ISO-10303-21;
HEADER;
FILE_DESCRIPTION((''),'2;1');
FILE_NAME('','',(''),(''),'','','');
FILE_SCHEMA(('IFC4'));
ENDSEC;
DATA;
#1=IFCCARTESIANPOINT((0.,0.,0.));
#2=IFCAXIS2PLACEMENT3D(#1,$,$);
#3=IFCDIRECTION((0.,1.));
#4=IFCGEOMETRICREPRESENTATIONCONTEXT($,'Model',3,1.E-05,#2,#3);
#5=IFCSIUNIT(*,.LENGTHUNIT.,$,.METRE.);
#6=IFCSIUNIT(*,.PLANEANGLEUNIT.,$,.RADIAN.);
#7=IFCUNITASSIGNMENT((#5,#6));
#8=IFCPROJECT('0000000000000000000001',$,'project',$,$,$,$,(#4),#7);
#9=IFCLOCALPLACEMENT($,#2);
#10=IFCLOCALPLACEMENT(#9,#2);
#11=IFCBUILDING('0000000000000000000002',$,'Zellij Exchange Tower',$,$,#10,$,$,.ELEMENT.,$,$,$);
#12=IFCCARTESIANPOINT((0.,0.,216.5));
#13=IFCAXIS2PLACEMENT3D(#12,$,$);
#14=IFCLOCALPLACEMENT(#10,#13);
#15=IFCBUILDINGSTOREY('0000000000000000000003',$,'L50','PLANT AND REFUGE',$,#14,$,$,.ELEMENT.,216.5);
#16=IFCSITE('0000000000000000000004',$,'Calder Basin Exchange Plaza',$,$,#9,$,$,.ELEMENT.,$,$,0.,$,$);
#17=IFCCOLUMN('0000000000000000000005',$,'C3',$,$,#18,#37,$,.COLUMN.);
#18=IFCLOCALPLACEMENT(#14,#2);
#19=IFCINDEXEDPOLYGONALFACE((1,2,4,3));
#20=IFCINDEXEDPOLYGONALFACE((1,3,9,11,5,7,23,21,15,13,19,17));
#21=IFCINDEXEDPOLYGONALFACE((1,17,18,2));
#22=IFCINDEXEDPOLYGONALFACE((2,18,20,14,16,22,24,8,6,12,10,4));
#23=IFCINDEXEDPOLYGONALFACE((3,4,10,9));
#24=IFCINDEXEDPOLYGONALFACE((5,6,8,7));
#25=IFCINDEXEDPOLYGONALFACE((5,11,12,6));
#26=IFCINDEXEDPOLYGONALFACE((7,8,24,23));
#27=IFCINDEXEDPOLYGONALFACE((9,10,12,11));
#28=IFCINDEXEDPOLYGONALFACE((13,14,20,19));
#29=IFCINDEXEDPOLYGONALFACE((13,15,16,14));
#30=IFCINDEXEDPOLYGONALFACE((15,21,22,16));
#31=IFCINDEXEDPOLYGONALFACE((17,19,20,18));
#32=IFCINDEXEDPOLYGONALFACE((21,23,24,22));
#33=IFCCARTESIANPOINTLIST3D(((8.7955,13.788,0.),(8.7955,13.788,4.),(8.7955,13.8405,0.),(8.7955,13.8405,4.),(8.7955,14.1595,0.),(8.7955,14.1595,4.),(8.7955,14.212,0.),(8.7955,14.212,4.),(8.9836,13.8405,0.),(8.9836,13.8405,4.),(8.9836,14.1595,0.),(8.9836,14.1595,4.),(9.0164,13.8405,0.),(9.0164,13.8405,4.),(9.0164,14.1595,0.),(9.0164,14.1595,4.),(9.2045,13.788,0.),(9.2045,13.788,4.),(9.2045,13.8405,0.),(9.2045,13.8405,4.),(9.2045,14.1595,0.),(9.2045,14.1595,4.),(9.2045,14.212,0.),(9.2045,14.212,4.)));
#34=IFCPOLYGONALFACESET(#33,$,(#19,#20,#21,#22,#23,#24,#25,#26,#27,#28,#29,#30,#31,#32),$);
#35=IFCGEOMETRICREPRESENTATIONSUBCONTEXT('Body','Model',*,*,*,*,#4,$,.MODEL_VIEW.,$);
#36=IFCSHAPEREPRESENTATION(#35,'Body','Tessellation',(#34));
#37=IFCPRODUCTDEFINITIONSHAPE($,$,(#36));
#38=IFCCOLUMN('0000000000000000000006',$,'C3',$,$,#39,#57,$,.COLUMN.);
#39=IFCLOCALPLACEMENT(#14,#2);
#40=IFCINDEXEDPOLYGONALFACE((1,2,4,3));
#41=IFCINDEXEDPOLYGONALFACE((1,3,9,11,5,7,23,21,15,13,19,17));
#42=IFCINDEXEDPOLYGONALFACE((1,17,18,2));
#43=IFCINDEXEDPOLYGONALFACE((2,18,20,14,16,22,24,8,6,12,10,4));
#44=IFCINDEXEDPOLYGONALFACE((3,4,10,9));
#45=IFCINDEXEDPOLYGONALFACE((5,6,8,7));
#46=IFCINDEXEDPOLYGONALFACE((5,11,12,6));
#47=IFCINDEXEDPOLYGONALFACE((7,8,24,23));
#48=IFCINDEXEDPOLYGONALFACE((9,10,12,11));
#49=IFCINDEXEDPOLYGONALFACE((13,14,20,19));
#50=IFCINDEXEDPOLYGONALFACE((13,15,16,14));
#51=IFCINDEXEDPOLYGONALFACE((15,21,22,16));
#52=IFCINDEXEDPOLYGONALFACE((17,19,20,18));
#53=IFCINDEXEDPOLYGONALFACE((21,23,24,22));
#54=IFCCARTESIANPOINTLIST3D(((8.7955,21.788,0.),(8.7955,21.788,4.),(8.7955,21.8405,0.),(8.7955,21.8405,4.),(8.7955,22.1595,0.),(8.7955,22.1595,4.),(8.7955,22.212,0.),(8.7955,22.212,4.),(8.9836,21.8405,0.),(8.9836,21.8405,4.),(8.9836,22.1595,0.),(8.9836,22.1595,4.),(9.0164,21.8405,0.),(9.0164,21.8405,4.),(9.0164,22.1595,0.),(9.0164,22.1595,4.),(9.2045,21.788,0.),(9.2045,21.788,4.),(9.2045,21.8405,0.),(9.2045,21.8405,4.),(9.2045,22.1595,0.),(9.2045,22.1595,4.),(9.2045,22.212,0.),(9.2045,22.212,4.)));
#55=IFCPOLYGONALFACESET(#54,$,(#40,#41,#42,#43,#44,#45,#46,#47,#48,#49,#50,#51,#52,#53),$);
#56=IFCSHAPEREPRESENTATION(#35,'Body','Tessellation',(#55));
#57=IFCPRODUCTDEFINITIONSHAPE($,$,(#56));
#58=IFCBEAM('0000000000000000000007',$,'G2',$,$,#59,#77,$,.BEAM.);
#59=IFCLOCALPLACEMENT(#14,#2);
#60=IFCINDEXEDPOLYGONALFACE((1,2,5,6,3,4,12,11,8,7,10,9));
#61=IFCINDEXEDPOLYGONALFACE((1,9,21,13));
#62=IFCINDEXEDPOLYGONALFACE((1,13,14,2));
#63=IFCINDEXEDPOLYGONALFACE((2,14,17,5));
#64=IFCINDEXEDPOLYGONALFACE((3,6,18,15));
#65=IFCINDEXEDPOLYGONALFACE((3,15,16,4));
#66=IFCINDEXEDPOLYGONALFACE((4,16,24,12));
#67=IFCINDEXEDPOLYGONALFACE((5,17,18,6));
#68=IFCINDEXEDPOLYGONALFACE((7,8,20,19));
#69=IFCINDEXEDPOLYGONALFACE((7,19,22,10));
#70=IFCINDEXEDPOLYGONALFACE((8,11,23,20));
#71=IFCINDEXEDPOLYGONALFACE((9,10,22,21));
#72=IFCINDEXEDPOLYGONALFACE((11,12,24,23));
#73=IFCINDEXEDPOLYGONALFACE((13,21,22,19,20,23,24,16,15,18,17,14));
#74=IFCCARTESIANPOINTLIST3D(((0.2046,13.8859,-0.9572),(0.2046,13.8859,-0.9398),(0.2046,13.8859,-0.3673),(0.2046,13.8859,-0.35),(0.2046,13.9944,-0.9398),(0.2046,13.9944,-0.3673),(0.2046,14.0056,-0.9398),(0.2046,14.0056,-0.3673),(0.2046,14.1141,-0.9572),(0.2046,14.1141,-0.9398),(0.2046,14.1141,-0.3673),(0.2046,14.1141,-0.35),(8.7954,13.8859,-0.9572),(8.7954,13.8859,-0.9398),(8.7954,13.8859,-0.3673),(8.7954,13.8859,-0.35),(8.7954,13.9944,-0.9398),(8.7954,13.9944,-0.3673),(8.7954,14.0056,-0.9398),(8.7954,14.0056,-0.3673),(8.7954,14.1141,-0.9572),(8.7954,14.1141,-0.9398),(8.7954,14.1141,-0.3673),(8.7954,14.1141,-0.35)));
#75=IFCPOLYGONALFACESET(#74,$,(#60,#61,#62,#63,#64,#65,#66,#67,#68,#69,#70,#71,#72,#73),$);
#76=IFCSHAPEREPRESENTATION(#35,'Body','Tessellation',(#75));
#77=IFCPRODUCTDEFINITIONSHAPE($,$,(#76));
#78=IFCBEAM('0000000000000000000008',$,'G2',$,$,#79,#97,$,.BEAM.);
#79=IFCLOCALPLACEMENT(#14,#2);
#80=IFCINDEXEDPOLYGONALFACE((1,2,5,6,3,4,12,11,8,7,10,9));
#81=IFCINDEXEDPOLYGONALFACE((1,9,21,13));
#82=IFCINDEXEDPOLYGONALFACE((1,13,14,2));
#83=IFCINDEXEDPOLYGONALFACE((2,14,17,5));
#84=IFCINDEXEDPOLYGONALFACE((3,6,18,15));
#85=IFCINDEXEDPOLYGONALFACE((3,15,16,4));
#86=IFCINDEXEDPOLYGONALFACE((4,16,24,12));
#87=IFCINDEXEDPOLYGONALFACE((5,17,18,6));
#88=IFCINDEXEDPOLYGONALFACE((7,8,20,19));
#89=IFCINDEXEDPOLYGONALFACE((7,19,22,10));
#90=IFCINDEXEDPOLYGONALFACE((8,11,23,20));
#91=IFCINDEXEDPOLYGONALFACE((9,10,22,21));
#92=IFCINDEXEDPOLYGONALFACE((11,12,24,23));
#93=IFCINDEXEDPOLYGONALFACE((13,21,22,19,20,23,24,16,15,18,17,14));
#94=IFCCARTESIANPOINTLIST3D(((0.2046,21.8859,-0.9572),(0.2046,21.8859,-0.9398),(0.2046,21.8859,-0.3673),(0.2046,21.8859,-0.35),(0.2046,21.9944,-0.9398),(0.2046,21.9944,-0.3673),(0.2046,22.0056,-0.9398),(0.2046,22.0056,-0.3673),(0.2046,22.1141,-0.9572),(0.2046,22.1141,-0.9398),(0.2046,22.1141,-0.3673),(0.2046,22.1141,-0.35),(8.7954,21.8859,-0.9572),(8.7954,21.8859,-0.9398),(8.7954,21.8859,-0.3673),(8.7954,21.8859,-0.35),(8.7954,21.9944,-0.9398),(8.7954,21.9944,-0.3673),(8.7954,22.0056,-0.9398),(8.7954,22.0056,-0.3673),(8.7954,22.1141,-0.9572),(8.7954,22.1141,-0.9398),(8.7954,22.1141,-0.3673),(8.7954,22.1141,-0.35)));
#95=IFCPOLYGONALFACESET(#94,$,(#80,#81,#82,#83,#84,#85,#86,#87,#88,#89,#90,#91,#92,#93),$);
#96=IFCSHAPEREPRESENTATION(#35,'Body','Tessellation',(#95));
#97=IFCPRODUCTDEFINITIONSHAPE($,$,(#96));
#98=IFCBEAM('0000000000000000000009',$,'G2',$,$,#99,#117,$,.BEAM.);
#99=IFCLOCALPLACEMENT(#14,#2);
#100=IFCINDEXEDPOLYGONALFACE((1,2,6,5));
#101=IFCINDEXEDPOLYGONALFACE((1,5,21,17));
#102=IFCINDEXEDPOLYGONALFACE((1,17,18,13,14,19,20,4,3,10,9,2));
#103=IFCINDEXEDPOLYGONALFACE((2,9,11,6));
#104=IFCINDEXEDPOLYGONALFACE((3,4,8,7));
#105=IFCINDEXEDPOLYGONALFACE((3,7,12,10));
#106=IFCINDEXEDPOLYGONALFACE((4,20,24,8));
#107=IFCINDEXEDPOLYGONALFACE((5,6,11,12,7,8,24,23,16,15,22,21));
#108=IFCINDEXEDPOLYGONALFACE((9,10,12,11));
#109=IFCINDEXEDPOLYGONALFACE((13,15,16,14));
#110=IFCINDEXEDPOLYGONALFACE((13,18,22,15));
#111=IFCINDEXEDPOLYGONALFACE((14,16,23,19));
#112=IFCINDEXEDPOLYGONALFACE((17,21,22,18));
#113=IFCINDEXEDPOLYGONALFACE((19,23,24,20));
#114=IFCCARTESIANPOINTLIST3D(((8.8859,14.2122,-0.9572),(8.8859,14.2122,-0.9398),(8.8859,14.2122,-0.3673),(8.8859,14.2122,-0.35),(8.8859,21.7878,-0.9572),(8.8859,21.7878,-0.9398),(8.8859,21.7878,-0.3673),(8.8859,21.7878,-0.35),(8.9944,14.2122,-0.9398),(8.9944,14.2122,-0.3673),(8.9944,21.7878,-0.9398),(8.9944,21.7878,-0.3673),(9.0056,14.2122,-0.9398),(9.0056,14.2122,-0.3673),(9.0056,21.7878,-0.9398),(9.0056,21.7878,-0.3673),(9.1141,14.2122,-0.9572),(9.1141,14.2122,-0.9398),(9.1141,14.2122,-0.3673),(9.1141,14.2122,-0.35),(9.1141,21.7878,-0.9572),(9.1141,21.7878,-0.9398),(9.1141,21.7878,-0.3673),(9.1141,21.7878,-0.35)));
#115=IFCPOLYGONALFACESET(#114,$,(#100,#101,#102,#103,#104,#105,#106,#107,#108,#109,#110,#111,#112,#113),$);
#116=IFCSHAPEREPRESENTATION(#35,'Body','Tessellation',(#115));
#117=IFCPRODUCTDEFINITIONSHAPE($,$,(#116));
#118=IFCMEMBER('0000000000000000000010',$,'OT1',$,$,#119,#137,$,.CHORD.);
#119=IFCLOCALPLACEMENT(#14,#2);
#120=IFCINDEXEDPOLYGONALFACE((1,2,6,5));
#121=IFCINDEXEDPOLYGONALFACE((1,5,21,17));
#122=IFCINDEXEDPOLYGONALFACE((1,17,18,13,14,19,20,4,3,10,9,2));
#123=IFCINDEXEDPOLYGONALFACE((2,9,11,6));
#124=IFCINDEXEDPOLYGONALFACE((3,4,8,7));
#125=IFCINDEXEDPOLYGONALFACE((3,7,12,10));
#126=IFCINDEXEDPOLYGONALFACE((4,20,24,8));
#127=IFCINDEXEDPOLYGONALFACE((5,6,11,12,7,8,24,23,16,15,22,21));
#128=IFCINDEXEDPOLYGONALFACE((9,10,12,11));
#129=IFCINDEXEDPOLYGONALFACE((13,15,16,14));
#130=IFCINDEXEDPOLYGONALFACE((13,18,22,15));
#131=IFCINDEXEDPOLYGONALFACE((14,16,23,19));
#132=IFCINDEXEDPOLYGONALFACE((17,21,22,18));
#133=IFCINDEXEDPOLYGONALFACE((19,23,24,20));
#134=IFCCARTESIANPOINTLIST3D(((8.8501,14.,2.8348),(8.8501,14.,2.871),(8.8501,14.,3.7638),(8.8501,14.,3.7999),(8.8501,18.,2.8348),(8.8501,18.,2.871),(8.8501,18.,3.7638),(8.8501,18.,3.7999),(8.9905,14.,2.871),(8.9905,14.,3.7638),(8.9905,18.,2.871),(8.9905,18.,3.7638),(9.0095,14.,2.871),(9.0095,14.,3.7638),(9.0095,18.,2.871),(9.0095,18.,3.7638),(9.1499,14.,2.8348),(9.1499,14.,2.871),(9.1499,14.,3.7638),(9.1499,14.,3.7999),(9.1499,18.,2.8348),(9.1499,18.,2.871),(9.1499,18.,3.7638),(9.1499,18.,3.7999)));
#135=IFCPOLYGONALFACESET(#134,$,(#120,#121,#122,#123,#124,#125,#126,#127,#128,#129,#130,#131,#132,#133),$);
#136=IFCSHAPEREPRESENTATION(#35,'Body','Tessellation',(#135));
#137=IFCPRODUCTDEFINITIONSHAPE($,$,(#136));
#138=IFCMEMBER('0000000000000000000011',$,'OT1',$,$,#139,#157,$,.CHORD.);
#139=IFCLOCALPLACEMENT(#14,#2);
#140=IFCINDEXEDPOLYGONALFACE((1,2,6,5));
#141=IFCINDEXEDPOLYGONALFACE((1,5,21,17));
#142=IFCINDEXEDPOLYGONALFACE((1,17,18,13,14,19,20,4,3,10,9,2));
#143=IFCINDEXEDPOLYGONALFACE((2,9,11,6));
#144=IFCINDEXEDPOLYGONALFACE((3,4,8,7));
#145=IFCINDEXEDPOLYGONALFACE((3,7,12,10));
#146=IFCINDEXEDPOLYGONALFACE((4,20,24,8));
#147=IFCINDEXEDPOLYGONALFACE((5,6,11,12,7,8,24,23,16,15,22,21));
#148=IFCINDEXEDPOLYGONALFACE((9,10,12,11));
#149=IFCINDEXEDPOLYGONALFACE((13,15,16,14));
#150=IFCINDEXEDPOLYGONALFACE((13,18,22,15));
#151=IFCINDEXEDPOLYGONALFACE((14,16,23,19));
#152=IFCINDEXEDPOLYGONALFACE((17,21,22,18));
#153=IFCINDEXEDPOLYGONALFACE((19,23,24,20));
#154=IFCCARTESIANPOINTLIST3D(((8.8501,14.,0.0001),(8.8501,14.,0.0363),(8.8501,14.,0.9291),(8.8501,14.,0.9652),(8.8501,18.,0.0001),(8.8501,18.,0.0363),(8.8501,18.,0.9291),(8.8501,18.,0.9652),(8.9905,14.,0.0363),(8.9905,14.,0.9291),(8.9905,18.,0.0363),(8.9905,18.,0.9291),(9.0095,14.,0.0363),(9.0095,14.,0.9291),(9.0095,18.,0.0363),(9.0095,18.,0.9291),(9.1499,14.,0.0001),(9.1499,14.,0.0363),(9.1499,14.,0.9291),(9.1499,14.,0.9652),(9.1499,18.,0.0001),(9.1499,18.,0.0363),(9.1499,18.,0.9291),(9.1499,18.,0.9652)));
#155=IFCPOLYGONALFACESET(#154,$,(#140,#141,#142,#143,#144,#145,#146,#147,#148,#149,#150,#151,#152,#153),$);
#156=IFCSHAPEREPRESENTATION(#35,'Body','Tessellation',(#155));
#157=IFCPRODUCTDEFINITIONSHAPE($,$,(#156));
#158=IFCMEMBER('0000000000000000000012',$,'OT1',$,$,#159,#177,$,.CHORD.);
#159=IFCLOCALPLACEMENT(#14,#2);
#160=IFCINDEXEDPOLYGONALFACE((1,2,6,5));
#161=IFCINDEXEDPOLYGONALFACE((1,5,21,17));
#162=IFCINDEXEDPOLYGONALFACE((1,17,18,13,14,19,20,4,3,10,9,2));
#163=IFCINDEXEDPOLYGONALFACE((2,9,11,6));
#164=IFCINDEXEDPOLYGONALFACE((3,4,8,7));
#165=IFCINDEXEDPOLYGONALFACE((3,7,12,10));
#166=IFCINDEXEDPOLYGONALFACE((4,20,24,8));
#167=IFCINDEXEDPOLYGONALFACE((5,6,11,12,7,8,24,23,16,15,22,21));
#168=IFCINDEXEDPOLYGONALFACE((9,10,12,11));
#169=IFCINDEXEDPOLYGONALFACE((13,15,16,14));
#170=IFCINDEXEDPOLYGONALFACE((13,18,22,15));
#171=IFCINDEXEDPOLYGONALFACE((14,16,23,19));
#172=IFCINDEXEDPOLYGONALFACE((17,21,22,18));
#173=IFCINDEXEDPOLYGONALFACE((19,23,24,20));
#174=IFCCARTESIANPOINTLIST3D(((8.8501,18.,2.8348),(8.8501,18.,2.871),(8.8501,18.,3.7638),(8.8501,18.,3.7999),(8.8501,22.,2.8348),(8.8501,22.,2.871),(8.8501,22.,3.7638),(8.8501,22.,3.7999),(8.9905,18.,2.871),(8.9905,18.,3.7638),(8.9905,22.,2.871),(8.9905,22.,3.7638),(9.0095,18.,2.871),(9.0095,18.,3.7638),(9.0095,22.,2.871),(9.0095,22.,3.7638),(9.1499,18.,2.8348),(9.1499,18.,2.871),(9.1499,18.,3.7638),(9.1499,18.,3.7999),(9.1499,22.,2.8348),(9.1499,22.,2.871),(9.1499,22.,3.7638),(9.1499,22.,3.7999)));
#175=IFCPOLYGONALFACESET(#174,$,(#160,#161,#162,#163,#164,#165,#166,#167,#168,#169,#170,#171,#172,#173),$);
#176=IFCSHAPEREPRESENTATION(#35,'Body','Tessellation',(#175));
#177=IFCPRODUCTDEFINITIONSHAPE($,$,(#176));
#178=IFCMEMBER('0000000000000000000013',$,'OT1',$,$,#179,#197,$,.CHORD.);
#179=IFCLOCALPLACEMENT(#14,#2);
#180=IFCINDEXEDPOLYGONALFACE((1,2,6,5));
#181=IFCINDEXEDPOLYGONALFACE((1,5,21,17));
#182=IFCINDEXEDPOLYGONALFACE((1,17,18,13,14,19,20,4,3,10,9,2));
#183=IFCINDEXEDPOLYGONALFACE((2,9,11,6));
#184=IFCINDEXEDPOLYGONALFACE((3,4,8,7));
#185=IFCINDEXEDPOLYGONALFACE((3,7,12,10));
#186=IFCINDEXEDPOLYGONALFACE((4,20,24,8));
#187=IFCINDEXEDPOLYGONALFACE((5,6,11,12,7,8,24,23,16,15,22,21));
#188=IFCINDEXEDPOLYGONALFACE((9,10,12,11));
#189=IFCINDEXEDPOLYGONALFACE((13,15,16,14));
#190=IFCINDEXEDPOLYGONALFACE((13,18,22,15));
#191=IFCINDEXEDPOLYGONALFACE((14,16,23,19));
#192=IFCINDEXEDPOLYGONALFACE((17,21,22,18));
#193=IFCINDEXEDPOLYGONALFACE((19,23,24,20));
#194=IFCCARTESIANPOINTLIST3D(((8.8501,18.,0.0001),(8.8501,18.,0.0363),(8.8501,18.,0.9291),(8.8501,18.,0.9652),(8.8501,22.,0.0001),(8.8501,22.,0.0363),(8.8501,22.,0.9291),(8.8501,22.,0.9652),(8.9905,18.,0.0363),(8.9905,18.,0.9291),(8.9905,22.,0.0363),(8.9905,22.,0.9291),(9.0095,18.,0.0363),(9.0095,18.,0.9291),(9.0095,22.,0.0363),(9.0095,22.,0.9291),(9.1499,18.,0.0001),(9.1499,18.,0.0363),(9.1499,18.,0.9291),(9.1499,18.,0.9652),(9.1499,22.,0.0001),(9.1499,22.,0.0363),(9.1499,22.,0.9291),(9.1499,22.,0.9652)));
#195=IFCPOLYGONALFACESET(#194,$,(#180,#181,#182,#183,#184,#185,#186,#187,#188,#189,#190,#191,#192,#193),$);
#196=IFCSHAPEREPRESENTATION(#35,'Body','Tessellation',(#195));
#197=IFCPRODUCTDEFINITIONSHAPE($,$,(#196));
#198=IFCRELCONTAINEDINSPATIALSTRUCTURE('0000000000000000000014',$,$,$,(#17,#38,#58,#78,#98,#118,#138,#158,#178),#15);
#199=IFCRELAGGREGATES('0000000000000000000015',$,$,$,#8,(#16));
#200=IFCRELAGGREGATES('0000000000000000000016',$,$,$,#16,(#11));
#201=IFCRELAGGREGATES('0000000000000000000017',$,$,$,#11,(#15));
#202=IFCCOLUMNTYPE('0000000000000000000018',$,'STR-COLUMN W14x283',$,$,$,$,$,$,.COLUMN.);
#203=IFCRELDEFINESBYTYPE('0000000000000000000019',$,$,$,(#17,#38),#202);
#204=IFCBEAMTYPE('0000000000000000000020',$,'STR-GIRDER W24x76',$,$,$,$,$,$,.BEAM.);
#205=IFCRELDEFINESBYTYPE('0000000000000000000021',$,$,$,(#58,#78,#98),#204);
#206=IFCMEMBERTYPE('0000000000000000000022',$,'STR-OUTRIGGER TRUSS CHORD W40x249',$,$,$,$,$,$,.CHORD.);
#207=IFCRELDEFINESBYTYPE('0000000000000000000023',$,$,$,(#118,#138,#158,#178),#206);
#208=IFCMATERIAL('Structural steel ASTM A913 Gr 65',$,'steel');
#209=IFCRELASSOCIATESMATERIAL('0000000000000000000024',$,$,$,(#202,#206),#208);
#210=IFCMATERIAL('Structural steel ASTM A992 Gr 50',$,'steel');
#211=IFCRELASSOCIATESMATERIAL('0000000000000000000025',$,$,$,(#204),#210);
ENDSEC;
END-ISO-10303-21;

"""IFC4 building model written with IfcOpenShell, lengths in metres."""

from ifc_helpers import new_model, si_unit, direction, frame, origin, origin_2d, place, context, subcontext, project, spatial, i_section, extrude, material, material_profile, profile_set, type_object, element, save


model = new_model("IFC4")

# Units and contexts
model_context = context("Model", 3, precision=1e-05, world=origin(), true_north=direction((0.0, 1.0)))
body_context = subcontext(model_context, "Body", "Model", "MODEL_VIEW")
ifc_project = project(units=[si_unit("LENGTHUNIT", "METRE"), si_unit("PLANEANGLEUNIT", "RADIAN")], contexts=[model_context])

# Site, building, storey
site_placement = place(None, origin())
site = spatial("IfcSite", under=ifc_project, at=site_placement, Name="Calder Basin Exchange Plaza", CompositionType="ELEMENT", RefElevation=0.0)
building_placement = place(site_placement, origin())
building = spatial("IfcBuilding", under=site, at=building_placement, Name="Zellij Exchange Tower", CompositionType="ELEMENT")
storey_placement = place(building_placement, frame((0.0, 0.0, 216.5)))
storey = spatial("IfcBuildingStorey", under=building, at=storey_placement, Name="L50", Description="PLANT AND REFUGE", CompositionType="ELEMENT", Elevation=216.5)

# Columns
ifc_material_1 = material(Name="Structural steel ASTM A913 Gr 65", Category="steel")
ifc_material_profile_1 = material_profile(ifc_material_1, i_section(OverallWidth=0.4089, OverallDepth=0.4241, WebThickness=0.0327, FlangeThickness=0.0525, at=origin_2d()), Name="W14x283")
ifc_profile_set_1 = profile_set([ifc_material_profile_1], Name="Structural steel ASTM A913 Gr 65")
column_type = type_object("IfcColumnType", Name="STR-COLUMN W14x283", PredefinedType="COLUMN", material=ifc_profile_set_1)
for number, where, z_axis, x_axis, name in (
    (1, (9.0, 14.0, 0.0), (0.0, 0.0, 1.0), (1.0, 0.0, 0.0), "C3"),
    (2, (9.0, 22.0, 0.0), (0.0, 0.0, 1.0), (1.0, 0.0, 0.0), "C3"),
):
    element("IfcColumn", number, at=place(storey_placement, frame(where, z_axis=z_axis, x_axis=x_axis)), inside=storey, type_object=column_type, Name=name, PredefinedType="COLUMN", context=body_context, shape_type="SweptSolid", body=[
        extrude(i_section(OverallWidth=0.4089, OverallDepth=0.4241, WebThickness=0.0327, FlangeThickness=0.0525, at=origin_2d()), origin(), (0.0, 0.0, 1.0), 4.0),
    ])

# Beams
ifc_material_2 = material(Name="Structural steel ASTM A992 Gr 50", Category="steel")
ifc_material_profile_2 = material_profile(ifc_material_2, i_section(OverallWidth=0.2283, OverallDepth=0.6072, WebThickness=0.0112, FlangeThickness=0.0173, at=origin_2d()), Name="W24x76")
ifc_profile_set_2 = profile_set([ifc_material_profile_2], Name="Structural steel ASTM A992 Gr 50")
beam_type = type_object("IfcBeamType", Name="STR-GIRDER W24x76", PredefinedType="BEAM", material=ifc_profile_set_2)
for number, where, z_axis, x_axis, name in (
    (3, (0.2046, 14.0, -0.6536), (1.0, 0.0, 0.0), (0.0, 1.0, 0.0), "G2"),
    (4, (0.2046, 22.0, -0.6536), (1.0, 0.0, 0.0), (0.0, 1.0, 0.0), "G2"),
):
    element("IfcBeam", number, at=place(storey_placement, frame(where, z_axis=z_axis, x_axis=x_axis)), inside=storey, type_object=beam_type, Name=name, PredefinedType="BEAM", context=body_context, shape_type="SweptSolid", body=[
        extrude(i_section(OverallWidth=0.2283, OverallDepth=0.6072, WebThickness=0.0112, FlangeThickness=0.0173, at=origin_2d()), origin(), (0.0, 0.0, 1.0), 8.5908),
    ])
beam_placement = place(storey_placement, frame((9.0, 14.2122, -0.6536), z_axis=(0.0, 1.0, 0.0), x_axis=(-1.0, 0.0, 0.0)))
element("IfcBeam", 5, at=beam_placement, inside=storey, type_object=beam_type, Name="G2", PredefinedType="BEAM", context=body_context, shape_type="SweptSolid", body=[
    extrude(i_section(OverallWidth=0.2283, OverallDepth=0.6072, WebThickness=0.0112, FlangeThickness=0.0173, at=origin_2d()), origin(), (0.0, 0.0, 1.0), 7.5757),
])

# Members
ifc_material_profile_3 = material_profile(ifc_material_1, i_section(OverallWidth=0.2998, OverallDepth=0.9651, WebThickness=0.019, FlangeThickness=0.0361, at=origin_2d()), Name="W40x249")
ifc_profile_set_3 = profile_set([ifc_material_profile_3], Name="Structural steel ASTM A913 Gr 65")
member_type_1 = type_object("IfcMemberType", Name="STR-OUTRIGGER TRUSS CHORD W40x249", PredefinedType="CHORD", material=ifc_profile_set_3)
for number, where, z_axis, x_axis, name in (
    (6, (9.0, 14.0, 3.3174), (0.0, 1.0, 0.0), (-1.0, 0.0, 0.0), "OT1"),
    (7, (9.0, 14.0, 0.4827), (0.0, 1.0, 0.0), (-1.0, 0.0, 0.0), "OT1"),
    (8, (9.0, 18.0, 3.3174), (0.0, 1.0, 0.0), (-1.0, 0.0, 0.0), "OT1"),
    (9, (9.0, 18.0, 0.4827), (0.0, 1.0, 0.0), (-1.0, 0.0, 0.0), "OT1"),
):
    element("IfcMember", number, at=place(storey_placement, frame(where, z_axis=z_axis, x_axis=x_axis)), inside=storey, type_object=member_type_1, Name=name, PredefinedType="CHORD", context=body_context, shape_type="SweptSolid", body=[
        extrude(i_section(OverallWidth=0.2998, OverallDepth=0.9651, WebThickness=0.019, FlangeThickness=0.0361, at=origin_2d()), origin(), (0.0, 0.0, 1.0), 4.0),
    ])

save(model, "model.ifc")
